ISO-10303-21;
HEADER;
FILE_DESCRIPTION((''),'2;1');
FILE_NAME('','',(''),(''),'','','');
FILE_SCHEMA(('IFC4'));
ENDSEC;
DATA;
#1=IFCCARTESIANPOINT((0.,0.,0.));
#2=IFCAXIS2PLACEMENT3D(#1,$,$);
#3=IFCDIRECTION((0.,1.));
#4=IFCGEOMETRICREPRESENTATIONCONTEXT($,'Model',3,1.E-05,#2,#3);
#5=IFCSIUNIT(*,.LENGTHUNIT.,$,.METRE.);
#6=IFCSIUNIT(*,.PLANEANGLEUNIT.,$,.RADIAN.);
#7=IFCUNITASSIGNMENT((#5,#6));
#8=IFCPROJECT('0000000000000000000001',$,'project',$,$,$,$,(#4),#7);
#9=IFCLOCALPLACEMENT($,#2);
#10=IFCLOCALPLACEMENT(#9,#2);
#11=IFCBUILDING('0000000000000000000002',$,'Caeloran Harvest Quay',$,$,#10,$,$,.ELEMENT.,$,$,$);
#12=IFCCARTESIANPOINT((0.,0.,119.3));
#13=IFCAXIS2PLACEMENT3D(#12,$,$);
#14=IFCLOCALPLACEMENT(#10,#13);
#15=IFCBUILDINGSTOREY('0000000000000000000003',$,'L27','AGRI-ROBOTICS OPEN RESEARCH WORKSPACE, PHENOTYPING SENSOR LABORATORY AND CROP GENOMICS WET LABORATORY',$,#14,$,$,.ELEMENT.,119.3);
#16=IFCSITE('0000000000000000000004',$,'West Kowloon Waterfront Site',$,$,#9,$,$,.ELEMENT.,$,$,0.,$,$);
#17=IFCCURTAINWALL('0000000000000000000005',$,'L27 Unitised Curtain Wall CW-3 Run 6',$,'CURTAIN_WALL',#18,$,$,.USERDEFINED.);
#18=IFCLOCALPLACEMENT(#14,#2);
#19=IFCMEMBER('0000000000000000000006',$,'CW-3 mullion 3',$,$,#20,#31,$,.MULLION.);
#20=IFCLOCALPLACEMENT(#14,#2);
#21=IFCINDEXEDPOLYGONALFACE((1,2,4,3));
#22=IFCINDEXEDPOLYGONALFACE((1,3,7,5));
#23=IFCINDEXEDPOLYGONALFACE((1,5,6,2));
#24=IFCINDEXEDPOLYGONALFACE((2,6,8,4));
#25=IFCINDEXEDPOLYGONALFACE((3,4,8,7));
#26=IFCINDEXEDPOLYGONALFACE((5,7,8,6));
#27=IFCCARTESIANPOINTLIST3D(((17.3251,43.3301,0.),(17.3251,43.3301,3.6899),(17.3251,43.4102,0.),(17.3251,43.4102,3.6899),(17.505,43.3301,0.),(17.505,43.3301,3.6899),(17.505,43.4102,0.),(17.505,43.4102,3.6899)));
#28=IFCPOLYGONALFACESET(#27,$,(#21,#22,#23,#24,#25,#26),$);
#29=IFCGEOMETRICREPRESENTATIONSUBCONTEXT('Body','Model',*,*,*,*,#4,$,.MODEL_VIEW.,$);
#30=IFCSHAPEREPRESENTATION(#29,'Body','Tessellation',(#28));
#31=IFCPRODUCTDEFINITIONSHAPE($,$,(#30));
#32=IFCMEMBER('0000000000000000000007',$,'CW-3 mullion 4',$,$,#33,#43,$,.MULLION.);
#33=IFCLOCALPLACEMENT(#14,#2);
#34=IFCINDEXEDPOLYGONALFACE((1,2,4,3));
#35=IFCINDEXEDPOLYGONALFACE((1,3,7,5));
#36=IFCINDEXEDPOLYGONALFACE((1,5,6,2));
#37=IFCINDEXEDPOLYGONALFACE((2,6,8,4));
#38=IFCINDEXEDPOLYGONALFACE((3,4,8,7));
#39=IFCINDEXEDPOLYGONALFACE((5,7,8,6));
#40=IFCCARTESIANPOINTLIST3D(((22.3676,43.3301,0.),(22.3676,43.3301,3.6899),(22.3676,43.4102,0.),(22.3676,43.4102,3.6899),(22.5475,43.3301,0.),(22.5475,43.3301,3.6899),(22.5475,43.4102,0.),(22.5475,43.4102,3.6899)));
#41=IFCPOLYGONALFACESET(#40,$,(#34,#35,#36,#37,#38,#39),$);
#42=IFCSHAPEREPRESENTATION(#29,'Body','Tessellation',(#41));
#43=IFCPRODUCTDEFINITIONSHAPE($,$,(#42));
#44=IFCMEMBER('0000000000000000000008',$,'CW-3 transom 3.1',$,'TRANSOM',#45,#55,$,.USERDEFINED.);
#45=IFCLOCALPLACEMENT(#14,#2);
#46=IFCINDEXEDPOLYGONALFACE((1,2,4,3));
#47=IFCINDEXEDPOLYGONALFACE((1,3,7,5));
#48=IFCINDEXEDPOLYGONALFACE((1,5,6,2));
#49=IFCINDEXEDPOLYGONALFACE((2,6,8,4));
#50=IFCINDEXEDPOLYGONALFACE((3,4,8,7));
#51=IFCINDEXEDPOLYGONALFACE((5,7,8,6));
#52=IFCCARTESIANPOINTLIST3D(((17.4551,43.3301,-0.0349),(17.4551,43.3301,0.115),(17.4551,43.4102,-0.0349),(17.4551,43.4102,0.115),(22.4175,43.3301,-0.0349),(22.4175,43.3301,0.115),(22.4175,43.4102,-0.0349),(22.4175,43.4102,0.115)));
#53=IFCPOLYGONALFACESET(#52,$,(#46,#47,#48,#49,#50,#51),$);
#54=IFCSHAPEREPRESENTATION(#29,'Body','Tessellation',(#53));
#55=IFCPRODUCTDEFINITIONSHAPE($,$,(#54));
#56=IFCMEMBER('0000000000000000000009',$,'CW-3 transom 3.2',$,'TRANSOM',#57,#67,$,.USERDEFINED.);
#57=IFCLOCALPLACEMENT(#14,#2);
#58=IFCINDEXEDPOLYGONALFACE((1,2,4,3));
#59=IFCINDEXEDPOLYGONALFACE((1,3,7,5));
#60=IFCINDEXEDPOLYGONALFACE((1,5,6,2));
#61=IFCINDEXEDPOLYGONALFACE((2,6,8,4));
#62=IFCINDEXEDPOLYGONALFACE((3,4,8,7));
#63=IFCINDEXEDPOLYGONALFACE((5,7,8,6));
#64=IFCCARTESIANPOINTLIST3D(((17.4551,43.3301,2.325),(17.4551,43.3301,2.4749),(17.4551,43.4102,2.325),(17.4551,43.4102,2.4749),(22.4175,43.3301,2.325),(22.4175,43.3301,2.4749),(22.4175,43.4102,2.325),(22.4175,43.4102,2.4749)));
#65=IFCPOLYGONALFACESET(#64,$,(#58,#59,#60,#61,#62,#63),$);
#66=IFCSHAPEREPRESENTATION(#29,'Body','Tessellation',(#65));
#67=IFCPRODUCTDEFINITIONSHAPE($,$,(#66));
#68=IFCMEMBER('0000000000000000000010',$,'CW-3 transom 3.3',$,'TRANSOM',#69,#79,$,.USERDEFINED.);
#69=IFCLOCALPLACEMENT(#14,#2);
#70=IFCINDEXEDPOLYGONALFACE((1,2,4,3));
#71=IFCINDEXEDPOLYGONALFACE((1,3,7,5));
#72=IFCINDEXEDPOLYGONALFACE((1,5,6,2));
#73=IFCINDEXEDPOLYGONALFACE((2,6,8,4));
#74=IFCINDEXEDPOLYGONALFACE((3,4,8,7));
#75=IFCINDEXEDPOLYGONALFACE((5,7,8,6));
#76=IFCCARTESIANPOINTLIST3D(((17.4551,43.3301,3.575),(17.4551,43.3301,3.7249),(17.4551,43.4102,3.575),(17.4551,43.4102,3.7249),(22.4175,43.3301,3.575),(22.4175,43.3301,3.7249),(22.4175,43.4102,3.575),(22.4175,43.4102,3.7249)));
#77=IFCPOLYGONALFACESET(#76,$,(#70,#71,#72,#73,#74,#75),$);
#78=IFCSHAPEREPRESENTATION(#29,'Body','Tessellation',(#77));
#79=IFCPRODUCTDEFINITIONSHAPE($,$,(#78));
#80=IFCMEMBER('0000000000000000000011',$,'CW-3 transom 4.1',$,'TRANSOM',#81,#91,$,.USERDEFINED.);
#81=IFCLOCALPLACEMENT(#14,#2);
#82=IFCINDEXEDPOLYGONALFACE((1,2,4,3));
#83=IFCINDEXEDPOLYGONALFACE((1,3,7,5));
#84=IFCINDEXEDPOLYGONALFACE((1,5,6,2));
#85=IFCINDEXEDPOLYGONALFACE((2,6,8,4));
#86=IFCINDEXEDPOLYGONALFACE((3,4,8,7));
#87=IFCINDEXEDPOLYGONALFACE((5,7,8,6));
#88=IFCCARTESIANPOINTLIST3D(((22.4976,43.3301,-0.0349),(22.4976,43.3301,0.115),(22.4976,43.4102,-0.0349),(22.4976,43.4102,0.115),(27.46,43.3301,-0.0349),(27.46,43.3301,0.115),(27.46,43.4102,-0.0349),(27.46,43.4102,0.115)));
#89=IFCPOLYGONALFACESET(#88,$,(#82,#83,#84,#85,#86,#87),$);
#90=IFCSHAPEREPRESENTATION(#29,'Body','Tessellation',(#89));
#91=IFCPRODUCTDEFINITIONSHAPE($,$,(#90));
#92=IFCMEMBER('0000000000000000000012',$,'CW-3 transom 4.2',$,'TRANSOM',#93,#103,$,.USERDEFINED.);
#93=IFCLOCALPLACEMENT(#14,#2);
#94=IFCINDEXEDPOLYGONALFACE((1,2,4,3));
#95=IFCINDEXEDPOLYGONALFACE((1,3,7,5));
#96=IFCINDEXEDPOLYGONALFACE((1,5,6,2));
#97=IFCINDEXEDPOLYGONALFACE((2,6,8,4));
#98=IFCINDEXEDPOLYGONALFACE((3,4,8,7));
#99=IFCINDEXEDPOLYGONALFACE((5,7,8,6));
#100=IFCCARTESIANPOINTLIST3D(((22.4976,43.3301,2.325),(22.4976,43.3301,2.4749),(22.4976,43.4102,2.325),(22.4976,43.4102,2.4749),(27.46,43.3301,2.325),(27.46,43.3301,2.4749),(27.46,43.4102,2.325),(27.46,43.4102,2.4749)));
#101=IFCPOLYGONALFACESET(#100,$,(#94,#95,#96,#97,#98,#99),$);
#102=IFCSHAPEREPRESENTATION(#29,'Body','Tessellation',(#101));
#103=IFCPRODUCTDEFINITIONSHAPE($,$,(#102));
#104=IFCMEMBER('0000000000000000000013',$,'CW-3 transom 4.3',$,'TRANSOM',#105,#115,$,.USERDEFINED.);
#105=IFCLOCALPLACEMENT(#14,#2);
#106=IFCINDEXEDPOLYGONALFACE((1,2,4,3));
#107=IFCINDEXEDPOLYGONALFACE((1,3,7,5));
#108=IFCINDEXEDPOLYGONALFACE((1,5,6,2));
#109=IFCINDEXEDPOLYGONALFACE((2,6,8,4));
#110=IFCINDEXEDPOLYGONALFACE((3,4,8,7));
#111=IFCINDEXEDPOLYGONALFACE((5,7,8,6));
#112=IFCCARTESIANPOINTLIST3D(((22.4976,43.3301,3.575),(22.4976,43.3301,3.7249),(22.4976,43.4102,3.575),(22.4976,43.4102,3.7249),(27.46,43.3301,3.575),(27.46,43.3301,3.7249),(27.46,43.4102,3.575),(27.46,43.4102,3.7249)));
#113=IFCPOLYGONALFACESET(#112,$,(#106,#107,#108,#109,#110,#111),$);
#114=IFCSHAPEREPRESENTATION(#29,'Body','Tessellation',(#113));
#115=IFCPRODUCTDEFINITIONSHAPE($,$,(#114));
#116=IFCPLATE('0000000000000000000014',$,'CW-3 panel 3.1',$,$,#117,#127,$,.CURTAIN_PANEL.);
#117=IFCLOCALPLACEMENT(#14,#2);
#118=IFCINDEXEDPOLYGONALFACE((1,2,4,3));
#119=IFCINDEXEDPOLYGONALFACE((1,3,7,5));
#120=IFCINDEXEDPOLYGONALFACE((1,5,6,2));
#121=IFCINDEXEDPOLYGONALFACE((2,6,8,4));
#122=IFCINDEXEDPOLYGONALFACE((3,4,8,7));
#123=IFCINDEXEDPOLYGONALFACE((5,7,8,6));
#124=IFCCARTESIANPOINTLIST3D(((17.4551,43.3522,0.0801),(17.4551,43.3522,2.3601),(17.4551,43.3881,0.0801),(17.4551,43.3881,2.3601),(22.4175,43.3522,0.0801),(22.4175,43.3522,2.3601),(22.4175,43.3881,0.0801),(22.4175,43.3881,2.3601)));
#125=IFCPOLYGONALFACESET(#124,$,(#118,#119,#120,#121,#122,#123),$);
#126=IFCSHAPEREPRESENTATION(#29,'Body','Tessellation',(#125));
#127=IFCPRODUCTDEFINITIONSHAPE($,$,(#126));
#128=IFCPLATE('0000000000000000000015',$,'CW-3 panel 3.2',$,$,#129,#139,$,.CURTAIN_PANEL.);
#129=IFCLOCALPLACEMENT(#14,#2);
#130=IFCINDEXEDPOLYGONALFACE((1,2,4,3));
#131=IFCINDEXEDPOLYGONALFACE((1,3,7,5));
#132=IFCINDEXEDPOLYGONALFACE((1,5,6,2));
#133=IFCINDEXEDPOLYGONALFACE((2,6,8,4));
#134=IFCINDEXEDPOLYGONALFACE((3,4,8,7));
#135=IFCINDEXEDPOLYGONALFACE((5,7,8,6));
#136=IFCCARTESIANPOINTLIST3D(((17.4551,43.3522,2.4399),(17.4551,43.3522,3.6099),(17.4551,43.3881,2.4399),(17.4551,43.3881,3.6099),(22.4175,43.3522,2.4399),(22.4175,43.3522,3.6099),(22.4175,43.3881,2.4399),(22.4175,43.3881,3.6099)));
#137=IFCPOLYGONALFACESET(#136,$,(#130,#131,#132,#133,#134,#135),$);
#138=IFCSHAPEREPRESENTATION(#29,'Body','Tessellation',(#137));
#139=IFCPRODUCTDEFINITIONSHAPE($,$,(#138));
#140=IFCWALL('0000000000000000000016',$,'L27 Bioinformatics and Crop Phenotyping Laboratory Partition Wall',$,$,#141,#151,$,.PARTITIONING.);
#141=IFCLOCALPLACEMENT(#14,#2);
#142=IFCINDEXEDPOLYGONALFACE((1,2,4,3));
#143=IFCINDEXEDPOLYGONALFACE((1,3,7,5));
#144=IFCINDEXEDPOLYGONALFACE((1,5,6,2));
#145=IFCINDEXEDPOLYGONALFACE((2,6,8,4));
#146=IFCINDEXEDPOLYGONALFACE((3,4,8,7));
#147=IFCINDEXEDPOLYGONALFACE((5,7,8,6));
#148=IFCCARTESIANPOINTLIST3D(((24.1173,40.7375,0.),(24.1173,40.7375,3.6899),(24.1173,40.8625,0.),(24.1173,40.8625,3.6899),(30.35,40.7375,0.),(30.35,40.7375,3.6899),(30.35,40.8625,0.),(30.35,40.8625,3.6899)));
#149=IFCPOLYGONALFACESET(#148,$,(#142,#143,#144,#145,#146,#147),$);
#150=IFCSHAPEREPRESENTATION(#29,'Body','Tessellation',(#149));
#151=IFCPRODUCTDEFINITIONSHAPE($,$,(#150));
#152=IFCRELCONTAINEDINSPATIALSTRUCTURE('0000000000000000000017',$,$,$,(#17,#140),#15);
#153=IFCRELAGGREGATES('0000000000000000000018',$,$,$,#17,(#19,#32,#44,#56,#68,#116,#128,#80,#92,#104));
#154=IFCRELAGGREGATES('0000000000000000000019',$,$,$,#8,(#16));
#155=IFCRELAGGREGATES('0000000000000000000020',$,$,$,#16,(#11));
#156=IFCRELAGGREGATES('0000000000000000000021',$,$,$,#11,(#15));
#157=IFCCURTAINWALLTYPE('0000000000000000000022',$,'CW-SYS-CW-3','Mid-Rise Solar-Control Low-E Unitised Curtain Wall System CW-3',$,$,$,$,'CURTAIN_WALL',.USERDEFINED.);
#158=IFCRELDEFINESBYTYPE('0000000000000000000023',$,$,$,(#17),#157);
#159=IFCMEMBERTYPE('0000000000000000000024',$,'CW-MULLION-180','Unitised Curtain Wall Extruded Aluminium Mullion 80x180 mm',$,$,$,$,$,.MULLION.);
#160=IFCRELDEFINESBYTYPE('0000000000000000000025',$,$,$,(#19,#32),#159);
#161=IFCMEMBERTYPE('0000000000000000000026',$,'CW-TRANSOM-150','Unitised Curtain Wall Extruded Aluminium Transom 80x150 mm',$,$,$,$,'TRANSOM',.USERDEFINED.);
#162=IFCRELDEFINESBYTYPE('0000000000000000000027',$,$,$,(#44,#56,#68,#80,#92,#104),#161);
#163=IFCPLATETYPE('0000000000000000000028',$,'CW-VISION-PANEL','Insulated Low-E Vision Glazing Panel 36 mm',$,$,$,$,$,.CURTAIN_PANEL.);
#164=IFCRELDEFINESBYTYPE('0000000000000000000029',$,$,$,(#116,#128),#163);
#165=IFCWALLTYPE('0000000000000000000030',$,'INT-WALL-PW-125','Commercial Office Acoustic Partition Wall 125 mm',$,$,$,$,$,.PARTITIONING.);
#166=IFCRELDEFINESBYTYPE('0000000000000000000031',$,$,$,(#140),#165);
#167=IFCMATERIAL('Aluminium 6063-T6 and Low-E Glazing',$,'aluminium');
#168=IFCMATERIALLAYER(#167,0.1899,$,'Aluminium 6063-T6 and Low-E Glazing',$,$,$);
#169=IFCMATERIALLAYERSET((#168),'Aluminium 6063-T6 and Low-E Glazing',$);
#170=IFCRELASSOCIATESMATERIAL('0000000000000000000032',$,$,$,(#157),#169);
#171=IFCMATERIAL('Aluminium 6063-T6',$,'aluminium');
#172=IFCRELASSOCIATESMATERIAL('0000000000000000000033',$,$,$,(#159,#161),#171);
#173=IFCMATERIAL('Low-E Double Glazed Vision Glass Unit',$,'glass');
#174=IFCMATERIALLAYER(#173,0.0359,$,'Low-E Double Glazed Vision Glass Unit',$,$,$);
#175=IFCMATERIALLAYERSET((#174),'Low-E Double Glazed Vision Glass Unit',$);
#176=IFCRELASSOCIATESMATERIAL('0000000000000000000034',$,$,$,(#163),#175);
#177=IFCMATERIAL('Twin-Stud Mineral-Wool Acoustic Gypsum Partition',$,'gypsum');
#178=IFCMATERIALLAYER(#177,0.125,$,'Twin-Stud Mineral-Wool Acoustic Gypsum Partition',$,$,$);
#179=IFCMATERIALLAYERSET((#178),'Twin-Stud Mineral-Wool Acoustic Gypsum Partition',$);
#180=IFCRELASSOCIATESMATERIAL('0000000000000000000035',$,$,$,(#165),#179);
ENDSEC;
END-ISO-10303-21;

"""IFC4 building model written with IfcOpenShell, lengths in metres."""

from ifc_helpers import new_model, si_unit, direction, frame, frame_2d, origin, origin_2d, place, context, subcontext, project, spatial, rectangle, extrude, material, layer, layer_set, material_profile, profile_set, type_object, element, aggregate, save


model = new_model("IFC4")

# Units and contexts
model_context = context("Model", 3, precision=1e-05, world=origin(), true_north=direction((0.0, 1.0)))
body_context = subcontext(model_context, "Body", "Model", "MODEL_VIEW")
ifc_project = project(units=[si_unit("LENGTHUNIT", "METRE"), si_unit("PLANEANGLEUNIT", "RADIAN")], contexts=[model_context])

# Site, building, storey
site_placement = place(None, origin())
site = spatial("IfcSite", under=ifc_project, at=site_placement, Name="West Kowloon Waterfront Site", CompositionType="ELEMENT", RefElevation=0.0)
building_placement = place(site_placement, origin())
building = spatial("IfcBuilding", under=site, at=building_placement, Name="Caeloran Harvest Quay", CompositionType="ELEMENT")
storey_placement = place(building_placement, frame((0.0, 0.0, 119.3)))
storey = spatial("IfcBuildingStorey", under=building, at=storey_placement, Name="L27", Description="AGRI-ROBOTICS OPEN RESEARCH WORKSPACE, PHENOTYPING SENSOR LABORATORY AND CROP GENOMICS WET LABORATORY", CompositionType="ELEMENT", Elevation=119.3)

# Curtain wall, members, plates
ifc_material_1 = material(Name="Aluminium 6063-T6 and Low-E Glazing", Category="aluminium")
ifc_layer_1 = layer(ifc_material_1, 0.1899, Name="Aluminium 6063-T6 and Low-E Glazing")
ifc_layer_set_1 = layer_set([ifc_layer_1], Name="Aluminium 6063-T6 and Low-E Glazing")
curtain_wall_type = type_object("IfcCurtainWallType", Name="CW-SYS-CW-3", Description="Mid-Rise Solar-Control Low-E Unitised Curtain Wall System CW-3", ElementType="CURTAIN_WALL", PredefinedType="USERDEFINED", material=ifc_layer_set_1)
curtain_wall_placement = place(storey_placement, origin())
curtain_wall = element("IfcCurtainWall", 1, at=curtain_wall_placement, inside=storey, type_object=curtain_wall_type, Name="L27 Unitised Curtain Wall CW-3 Run 6", ObjectType="CURTAIN_WALL", PredefinedType="USERDEFINED")
ifc_material_2 = material(Name="Aluminium 6063-T6", Category="aluminium")
ifc_material_profile_1 = material_profile(ifc_material_2, rectangle(XDim=0.0801, YDim=0.1799, at=origin_2d()), Name="CW-MULLION-180")
ifc_profile_set_1 = profile_set([ifc_material_profile_1], Name="Aluminium 6063-T6")
member_type_1 = type_object("IfcMemberType", Name="CW-MULLION-180", Description="Unitised Curtain Wall Extruded Aluminium Mullion 80x180 mm", PredefinedType="MULLION", material=ifc_profile_set_1)
member_1_placement = place(storey_placement, frame((17.415, 43.3701, 0.0), z_axis=(0.0, 0.0, 1.0), x_axis=(0.0, 1.0, 0.0)))
member_1 = element("IfcMember", 2, at=member_1_placement, type_object=member_type_1, Name="CW-3 mullion 3", PredefinedType="MULLION", context=body_context, shape_type="SweptSolid", body=[
    extrude(rectangle(XDim=0.0801, YDim=0.1799, at=origin_2d()), origin(), (0.0, 0.0, 1.0), 3.6899),
])
member_2_placement = place(storey_placement, frame((22.4575, 43.3701, 0.0), z_axis=(0.0, 0.0, 1.0), x_axis=(0.0, 1.0, 0.0)))
member_2 = element("IfcMember", 3, at=member_2_placement, type_object=member_type_1, Name="CW-3 mullion 4", PredefinedType="MULLION", context=body_context, shape_type="SweptSolid", body=[
    extrude(rectangle(XDim=0.0801, YDim=0.1799, at=origin_2d()), origin(), (0.0, 0.0, 1.0), 3.6899),
])
ifc_material_profile_2 = material_profile(ifc_material_2, rectangle(XDim=0.0801, YDim=0.1499, at=origin_2d()), Name="CW-TRANSOM-150")
ifc_profile_set_2 = profile_set([ifc_material_profile_2], Name="Aluminium 6063-T6")
member_type_2 = type_object("IfcMemberType", Name="CW-TRANSOM-150", Description="Unitised Curtain Wall Extruded Aluminium Transom 80x150 mm", ElementType="TRANSOM", PredefinedType="USERDEFINED", material=ifc_profile_set_2)
member_3_placement = place(storey_placement, frame((17.4551, 43.3701, 0.04), z_axis=(1.0, 0.0, 0.0), x_axis=(0.0, 1.0, 0.0)))
member_3 = element("IfcMember", 4, at=member_3_placement, type_object=member_type_2, Name="CW-3 transom 3.1", ObjectType="TRANSOM", PredefinedType="USERDEFINED", context=body_context, shape_type="SweptSolid", body=[
    extrude(rectangle(XDim=0.0801, YDim=0.1499, at=origin_2d()), origin(), (0.0, 0.0, 1.0), 4.9624),
])
member_4_placement = place(storey_placement, frame((17.4551, 43.3701, 2.3999), z_axis=(1.0, 0.0, 0.0), x_axis=(0.0, 1.0, 0.0)))
member_4 = element("IfcMember", 5, at=member_4_placement, type_object=member_type_2, Name="CW-3 transom 3.2", ObjectType="TRANSOM", PredefinedType="USERDEFINED", context=body_context, shape_type="SweptSolid", body=[
    extrude(rectangle(XDim=0.0801, YDim=0.1499, at=origin_2d()), origin(), (0.0, 0.0, 1.0), 4.9624),
])
member_5_placement = place(storey_placement, frame((17.4551, 43.3701, 3.6499), z_axis=(1.0, 0.0, 0.0), x_axis=(0.0, 1.0, 0.0)))
member_5 = element("IfcMember", 6, at=member_5_placement, type_object=member_type_2, Name="CW-3 transom 3.3", ObjectType="TRANSOM", PredefinedType="USERDEFINED", context=body_context, shape_type="SweptSolid", body=[
    extrude(rectangle(XDim=0.0801, YDim=0.1499, at=origin_2d()), origin(), (0.0, 0.0, 1.0), 4.9624),
])
member_6_placement = place(storey_placement, frame((22.4976, 43.3701, 0.04), z_axis=(1.0, 0.0, 0.0), x_axis=(0.0, 1.0, 0.0)))
member_6 = element("IfcMember", 7, at=member_6_placement, type_object=member_type_2, Name="CW-3 transom 4.1", ObjectType="TRANSOM", PredefinedType="USERDEFINED", context=body_context, shape_type="SweptSolid", body=[
    extrude(rectangle(XDim=0.0801, YDim=0.1499, at=origin_2d()), origin(), (0.0, 0.0, 1.0), 4.9624),
])
member_7_placement = place(storey_placement, frame((22.4976, 43.3701, 2.3999), z_axis=(1.0, 0.0, 0.0), x_axis=(0.0, 1.0, 0.0)))
member_7 = element("IfcMember", 8, at=member_7_placement, type_object=member_type_2, Name="CW-3 transom 4.2", ObjectType="TRANSOM", PredefinedType="USERDEFINED", context=body_context, shape_type="SweptSolid", body=[
    extrude(rectangle(XDim=0.0801, YDim=0.1499, at=origin_2d()), origin(), (0.0, 0.0, 1.0), 4.9624),
])
member_8_placement = place(storey_placement, frame((22.4976, 43.3701, 3.6499), z_axis=(1.0, 0.0, 0.0), x_axis=(0.0, 1.0, 0.0)))
member_8 = element("IfcMember", 9, at=member_8_placement, type_object=member_type_2, Name="CW-3 transom 4.3", ObjectType="TRANSOM", PredefinedType="USERDEFINED", context=body_context, shape_type="SweptSolid", body=[
    extrude(rectangle(XDim=0.0801, YDim=0.1499, at=origin_2d()), origin(), (0.0, 0.0, 1.0), 4.9624),
])
ifc_material_3 = material(Name="Low-E Double Glazed Vision Glass Unit", Category="glass")
ifc_layer_2 = layer(ifc_material_3, 0.0359, Name="Low-E Double Glazed Vision Glass Unit")
ifc_layer_set_2 = layer_set([ifc_layer_2], Name="Low-E Double Glazed Vision Glass Unit")
plate_type = type_object("IfcPlateType", Name="CW-VISION-PANEL", Description="Insulated Low-E Vision Glazing Panel 36 mm", PredefinedType="CURTAIN_PANEL", material=ifc_layer_set_2)
plate_1_placement = place(storey_placement, frame((19.9363, 43.3701, 0.0801), z_axis=(0.0, 0.0, 1.0), x_axis=(1.0, 0.0, 0.0)))
plate_1 = element("IfcPlate", 10, at=plate_1_placement, type_object=plate_type, Name="CW-3 panel 3.1", PredefinedType="CURTAIN_PANEL", context=body_context, shape_type="SweptSolid", body=[
    extrude(rectangle(XDim=4.9624, YDim=0.0359, at=origin_2d()), origin(), (0.0, 0.0, 1.0), 2.28),
])
plate_2_placement = place(storey_placement, frame((19.9363, 43.3701, 2.4399), z_axis=(0.0, 0.0, 1.0), x_axis=(1.0, 0.0, 0.0)))
plate_2 = element("IfcPlate", 11, at=plate_2_placement, type_object=plate_type, Name="CW-3 panel 3.2", PredefinedType="CURTAIN_PANEL", context=body_context, shape_type="SweptSolid", body=[
    extrude(rectangle(XDim=4.9624, YDim=0.0359, at=origin_2d()), origin(), (0.0, 0.0, 1.0), 1.1699),
])
aggregate(curtain_wall, [member_1, member_2, member_3, member_4, member_5, plate_1, plate_2, member_6, member_7, member_8])

# Wall
ifc_material_4 = material(Name="Twin-Stud Mineral-Wool Acoustic Gypsum Partition", Category="gypsum")
ifc_layer_3 = layer(ifc_material_4, 0.125, Name="Twin-Stud Mineral-Wool Acoustic Gypsum Partition")
ifc_layer_set_3 = layer_set([ifc_layer_3], Name="Twin-Stud Mineral-Wool Acoustic Gypsum Partition")
wall_type = type_object("IfcWallType", Name="INT-WALL-PW-125", Description="Commercial Office Acoustic Partition Wall 125 mm", PredefinedType="PARTITIONING", material=ifc_layer_set_3)
wall_placement = place(storey_placement, frame((24.1174, 40.8, 0.0), z_axis=(0.0, 0.0, 1.0), x_axis=(1.0, 0.0, 0.0)))
element("IfcWall", 12, at=wall_placement, inside=storey, type_object=wall_type, Name="L27 Bioinformatics and Crop Phenotyping Laboratory Partition Wall", PredefinedType="PARTITIONING", context=body_context, shape_type="SweptSolid", body=[
    extrude(rectangle(XDim=6.2327, YDim=0.125, at=frame_2d((3.1162, 0.0))), origin(), (0.0, 0.0, 1.0), 3.6899),
])

save(model, "model.ifc")
